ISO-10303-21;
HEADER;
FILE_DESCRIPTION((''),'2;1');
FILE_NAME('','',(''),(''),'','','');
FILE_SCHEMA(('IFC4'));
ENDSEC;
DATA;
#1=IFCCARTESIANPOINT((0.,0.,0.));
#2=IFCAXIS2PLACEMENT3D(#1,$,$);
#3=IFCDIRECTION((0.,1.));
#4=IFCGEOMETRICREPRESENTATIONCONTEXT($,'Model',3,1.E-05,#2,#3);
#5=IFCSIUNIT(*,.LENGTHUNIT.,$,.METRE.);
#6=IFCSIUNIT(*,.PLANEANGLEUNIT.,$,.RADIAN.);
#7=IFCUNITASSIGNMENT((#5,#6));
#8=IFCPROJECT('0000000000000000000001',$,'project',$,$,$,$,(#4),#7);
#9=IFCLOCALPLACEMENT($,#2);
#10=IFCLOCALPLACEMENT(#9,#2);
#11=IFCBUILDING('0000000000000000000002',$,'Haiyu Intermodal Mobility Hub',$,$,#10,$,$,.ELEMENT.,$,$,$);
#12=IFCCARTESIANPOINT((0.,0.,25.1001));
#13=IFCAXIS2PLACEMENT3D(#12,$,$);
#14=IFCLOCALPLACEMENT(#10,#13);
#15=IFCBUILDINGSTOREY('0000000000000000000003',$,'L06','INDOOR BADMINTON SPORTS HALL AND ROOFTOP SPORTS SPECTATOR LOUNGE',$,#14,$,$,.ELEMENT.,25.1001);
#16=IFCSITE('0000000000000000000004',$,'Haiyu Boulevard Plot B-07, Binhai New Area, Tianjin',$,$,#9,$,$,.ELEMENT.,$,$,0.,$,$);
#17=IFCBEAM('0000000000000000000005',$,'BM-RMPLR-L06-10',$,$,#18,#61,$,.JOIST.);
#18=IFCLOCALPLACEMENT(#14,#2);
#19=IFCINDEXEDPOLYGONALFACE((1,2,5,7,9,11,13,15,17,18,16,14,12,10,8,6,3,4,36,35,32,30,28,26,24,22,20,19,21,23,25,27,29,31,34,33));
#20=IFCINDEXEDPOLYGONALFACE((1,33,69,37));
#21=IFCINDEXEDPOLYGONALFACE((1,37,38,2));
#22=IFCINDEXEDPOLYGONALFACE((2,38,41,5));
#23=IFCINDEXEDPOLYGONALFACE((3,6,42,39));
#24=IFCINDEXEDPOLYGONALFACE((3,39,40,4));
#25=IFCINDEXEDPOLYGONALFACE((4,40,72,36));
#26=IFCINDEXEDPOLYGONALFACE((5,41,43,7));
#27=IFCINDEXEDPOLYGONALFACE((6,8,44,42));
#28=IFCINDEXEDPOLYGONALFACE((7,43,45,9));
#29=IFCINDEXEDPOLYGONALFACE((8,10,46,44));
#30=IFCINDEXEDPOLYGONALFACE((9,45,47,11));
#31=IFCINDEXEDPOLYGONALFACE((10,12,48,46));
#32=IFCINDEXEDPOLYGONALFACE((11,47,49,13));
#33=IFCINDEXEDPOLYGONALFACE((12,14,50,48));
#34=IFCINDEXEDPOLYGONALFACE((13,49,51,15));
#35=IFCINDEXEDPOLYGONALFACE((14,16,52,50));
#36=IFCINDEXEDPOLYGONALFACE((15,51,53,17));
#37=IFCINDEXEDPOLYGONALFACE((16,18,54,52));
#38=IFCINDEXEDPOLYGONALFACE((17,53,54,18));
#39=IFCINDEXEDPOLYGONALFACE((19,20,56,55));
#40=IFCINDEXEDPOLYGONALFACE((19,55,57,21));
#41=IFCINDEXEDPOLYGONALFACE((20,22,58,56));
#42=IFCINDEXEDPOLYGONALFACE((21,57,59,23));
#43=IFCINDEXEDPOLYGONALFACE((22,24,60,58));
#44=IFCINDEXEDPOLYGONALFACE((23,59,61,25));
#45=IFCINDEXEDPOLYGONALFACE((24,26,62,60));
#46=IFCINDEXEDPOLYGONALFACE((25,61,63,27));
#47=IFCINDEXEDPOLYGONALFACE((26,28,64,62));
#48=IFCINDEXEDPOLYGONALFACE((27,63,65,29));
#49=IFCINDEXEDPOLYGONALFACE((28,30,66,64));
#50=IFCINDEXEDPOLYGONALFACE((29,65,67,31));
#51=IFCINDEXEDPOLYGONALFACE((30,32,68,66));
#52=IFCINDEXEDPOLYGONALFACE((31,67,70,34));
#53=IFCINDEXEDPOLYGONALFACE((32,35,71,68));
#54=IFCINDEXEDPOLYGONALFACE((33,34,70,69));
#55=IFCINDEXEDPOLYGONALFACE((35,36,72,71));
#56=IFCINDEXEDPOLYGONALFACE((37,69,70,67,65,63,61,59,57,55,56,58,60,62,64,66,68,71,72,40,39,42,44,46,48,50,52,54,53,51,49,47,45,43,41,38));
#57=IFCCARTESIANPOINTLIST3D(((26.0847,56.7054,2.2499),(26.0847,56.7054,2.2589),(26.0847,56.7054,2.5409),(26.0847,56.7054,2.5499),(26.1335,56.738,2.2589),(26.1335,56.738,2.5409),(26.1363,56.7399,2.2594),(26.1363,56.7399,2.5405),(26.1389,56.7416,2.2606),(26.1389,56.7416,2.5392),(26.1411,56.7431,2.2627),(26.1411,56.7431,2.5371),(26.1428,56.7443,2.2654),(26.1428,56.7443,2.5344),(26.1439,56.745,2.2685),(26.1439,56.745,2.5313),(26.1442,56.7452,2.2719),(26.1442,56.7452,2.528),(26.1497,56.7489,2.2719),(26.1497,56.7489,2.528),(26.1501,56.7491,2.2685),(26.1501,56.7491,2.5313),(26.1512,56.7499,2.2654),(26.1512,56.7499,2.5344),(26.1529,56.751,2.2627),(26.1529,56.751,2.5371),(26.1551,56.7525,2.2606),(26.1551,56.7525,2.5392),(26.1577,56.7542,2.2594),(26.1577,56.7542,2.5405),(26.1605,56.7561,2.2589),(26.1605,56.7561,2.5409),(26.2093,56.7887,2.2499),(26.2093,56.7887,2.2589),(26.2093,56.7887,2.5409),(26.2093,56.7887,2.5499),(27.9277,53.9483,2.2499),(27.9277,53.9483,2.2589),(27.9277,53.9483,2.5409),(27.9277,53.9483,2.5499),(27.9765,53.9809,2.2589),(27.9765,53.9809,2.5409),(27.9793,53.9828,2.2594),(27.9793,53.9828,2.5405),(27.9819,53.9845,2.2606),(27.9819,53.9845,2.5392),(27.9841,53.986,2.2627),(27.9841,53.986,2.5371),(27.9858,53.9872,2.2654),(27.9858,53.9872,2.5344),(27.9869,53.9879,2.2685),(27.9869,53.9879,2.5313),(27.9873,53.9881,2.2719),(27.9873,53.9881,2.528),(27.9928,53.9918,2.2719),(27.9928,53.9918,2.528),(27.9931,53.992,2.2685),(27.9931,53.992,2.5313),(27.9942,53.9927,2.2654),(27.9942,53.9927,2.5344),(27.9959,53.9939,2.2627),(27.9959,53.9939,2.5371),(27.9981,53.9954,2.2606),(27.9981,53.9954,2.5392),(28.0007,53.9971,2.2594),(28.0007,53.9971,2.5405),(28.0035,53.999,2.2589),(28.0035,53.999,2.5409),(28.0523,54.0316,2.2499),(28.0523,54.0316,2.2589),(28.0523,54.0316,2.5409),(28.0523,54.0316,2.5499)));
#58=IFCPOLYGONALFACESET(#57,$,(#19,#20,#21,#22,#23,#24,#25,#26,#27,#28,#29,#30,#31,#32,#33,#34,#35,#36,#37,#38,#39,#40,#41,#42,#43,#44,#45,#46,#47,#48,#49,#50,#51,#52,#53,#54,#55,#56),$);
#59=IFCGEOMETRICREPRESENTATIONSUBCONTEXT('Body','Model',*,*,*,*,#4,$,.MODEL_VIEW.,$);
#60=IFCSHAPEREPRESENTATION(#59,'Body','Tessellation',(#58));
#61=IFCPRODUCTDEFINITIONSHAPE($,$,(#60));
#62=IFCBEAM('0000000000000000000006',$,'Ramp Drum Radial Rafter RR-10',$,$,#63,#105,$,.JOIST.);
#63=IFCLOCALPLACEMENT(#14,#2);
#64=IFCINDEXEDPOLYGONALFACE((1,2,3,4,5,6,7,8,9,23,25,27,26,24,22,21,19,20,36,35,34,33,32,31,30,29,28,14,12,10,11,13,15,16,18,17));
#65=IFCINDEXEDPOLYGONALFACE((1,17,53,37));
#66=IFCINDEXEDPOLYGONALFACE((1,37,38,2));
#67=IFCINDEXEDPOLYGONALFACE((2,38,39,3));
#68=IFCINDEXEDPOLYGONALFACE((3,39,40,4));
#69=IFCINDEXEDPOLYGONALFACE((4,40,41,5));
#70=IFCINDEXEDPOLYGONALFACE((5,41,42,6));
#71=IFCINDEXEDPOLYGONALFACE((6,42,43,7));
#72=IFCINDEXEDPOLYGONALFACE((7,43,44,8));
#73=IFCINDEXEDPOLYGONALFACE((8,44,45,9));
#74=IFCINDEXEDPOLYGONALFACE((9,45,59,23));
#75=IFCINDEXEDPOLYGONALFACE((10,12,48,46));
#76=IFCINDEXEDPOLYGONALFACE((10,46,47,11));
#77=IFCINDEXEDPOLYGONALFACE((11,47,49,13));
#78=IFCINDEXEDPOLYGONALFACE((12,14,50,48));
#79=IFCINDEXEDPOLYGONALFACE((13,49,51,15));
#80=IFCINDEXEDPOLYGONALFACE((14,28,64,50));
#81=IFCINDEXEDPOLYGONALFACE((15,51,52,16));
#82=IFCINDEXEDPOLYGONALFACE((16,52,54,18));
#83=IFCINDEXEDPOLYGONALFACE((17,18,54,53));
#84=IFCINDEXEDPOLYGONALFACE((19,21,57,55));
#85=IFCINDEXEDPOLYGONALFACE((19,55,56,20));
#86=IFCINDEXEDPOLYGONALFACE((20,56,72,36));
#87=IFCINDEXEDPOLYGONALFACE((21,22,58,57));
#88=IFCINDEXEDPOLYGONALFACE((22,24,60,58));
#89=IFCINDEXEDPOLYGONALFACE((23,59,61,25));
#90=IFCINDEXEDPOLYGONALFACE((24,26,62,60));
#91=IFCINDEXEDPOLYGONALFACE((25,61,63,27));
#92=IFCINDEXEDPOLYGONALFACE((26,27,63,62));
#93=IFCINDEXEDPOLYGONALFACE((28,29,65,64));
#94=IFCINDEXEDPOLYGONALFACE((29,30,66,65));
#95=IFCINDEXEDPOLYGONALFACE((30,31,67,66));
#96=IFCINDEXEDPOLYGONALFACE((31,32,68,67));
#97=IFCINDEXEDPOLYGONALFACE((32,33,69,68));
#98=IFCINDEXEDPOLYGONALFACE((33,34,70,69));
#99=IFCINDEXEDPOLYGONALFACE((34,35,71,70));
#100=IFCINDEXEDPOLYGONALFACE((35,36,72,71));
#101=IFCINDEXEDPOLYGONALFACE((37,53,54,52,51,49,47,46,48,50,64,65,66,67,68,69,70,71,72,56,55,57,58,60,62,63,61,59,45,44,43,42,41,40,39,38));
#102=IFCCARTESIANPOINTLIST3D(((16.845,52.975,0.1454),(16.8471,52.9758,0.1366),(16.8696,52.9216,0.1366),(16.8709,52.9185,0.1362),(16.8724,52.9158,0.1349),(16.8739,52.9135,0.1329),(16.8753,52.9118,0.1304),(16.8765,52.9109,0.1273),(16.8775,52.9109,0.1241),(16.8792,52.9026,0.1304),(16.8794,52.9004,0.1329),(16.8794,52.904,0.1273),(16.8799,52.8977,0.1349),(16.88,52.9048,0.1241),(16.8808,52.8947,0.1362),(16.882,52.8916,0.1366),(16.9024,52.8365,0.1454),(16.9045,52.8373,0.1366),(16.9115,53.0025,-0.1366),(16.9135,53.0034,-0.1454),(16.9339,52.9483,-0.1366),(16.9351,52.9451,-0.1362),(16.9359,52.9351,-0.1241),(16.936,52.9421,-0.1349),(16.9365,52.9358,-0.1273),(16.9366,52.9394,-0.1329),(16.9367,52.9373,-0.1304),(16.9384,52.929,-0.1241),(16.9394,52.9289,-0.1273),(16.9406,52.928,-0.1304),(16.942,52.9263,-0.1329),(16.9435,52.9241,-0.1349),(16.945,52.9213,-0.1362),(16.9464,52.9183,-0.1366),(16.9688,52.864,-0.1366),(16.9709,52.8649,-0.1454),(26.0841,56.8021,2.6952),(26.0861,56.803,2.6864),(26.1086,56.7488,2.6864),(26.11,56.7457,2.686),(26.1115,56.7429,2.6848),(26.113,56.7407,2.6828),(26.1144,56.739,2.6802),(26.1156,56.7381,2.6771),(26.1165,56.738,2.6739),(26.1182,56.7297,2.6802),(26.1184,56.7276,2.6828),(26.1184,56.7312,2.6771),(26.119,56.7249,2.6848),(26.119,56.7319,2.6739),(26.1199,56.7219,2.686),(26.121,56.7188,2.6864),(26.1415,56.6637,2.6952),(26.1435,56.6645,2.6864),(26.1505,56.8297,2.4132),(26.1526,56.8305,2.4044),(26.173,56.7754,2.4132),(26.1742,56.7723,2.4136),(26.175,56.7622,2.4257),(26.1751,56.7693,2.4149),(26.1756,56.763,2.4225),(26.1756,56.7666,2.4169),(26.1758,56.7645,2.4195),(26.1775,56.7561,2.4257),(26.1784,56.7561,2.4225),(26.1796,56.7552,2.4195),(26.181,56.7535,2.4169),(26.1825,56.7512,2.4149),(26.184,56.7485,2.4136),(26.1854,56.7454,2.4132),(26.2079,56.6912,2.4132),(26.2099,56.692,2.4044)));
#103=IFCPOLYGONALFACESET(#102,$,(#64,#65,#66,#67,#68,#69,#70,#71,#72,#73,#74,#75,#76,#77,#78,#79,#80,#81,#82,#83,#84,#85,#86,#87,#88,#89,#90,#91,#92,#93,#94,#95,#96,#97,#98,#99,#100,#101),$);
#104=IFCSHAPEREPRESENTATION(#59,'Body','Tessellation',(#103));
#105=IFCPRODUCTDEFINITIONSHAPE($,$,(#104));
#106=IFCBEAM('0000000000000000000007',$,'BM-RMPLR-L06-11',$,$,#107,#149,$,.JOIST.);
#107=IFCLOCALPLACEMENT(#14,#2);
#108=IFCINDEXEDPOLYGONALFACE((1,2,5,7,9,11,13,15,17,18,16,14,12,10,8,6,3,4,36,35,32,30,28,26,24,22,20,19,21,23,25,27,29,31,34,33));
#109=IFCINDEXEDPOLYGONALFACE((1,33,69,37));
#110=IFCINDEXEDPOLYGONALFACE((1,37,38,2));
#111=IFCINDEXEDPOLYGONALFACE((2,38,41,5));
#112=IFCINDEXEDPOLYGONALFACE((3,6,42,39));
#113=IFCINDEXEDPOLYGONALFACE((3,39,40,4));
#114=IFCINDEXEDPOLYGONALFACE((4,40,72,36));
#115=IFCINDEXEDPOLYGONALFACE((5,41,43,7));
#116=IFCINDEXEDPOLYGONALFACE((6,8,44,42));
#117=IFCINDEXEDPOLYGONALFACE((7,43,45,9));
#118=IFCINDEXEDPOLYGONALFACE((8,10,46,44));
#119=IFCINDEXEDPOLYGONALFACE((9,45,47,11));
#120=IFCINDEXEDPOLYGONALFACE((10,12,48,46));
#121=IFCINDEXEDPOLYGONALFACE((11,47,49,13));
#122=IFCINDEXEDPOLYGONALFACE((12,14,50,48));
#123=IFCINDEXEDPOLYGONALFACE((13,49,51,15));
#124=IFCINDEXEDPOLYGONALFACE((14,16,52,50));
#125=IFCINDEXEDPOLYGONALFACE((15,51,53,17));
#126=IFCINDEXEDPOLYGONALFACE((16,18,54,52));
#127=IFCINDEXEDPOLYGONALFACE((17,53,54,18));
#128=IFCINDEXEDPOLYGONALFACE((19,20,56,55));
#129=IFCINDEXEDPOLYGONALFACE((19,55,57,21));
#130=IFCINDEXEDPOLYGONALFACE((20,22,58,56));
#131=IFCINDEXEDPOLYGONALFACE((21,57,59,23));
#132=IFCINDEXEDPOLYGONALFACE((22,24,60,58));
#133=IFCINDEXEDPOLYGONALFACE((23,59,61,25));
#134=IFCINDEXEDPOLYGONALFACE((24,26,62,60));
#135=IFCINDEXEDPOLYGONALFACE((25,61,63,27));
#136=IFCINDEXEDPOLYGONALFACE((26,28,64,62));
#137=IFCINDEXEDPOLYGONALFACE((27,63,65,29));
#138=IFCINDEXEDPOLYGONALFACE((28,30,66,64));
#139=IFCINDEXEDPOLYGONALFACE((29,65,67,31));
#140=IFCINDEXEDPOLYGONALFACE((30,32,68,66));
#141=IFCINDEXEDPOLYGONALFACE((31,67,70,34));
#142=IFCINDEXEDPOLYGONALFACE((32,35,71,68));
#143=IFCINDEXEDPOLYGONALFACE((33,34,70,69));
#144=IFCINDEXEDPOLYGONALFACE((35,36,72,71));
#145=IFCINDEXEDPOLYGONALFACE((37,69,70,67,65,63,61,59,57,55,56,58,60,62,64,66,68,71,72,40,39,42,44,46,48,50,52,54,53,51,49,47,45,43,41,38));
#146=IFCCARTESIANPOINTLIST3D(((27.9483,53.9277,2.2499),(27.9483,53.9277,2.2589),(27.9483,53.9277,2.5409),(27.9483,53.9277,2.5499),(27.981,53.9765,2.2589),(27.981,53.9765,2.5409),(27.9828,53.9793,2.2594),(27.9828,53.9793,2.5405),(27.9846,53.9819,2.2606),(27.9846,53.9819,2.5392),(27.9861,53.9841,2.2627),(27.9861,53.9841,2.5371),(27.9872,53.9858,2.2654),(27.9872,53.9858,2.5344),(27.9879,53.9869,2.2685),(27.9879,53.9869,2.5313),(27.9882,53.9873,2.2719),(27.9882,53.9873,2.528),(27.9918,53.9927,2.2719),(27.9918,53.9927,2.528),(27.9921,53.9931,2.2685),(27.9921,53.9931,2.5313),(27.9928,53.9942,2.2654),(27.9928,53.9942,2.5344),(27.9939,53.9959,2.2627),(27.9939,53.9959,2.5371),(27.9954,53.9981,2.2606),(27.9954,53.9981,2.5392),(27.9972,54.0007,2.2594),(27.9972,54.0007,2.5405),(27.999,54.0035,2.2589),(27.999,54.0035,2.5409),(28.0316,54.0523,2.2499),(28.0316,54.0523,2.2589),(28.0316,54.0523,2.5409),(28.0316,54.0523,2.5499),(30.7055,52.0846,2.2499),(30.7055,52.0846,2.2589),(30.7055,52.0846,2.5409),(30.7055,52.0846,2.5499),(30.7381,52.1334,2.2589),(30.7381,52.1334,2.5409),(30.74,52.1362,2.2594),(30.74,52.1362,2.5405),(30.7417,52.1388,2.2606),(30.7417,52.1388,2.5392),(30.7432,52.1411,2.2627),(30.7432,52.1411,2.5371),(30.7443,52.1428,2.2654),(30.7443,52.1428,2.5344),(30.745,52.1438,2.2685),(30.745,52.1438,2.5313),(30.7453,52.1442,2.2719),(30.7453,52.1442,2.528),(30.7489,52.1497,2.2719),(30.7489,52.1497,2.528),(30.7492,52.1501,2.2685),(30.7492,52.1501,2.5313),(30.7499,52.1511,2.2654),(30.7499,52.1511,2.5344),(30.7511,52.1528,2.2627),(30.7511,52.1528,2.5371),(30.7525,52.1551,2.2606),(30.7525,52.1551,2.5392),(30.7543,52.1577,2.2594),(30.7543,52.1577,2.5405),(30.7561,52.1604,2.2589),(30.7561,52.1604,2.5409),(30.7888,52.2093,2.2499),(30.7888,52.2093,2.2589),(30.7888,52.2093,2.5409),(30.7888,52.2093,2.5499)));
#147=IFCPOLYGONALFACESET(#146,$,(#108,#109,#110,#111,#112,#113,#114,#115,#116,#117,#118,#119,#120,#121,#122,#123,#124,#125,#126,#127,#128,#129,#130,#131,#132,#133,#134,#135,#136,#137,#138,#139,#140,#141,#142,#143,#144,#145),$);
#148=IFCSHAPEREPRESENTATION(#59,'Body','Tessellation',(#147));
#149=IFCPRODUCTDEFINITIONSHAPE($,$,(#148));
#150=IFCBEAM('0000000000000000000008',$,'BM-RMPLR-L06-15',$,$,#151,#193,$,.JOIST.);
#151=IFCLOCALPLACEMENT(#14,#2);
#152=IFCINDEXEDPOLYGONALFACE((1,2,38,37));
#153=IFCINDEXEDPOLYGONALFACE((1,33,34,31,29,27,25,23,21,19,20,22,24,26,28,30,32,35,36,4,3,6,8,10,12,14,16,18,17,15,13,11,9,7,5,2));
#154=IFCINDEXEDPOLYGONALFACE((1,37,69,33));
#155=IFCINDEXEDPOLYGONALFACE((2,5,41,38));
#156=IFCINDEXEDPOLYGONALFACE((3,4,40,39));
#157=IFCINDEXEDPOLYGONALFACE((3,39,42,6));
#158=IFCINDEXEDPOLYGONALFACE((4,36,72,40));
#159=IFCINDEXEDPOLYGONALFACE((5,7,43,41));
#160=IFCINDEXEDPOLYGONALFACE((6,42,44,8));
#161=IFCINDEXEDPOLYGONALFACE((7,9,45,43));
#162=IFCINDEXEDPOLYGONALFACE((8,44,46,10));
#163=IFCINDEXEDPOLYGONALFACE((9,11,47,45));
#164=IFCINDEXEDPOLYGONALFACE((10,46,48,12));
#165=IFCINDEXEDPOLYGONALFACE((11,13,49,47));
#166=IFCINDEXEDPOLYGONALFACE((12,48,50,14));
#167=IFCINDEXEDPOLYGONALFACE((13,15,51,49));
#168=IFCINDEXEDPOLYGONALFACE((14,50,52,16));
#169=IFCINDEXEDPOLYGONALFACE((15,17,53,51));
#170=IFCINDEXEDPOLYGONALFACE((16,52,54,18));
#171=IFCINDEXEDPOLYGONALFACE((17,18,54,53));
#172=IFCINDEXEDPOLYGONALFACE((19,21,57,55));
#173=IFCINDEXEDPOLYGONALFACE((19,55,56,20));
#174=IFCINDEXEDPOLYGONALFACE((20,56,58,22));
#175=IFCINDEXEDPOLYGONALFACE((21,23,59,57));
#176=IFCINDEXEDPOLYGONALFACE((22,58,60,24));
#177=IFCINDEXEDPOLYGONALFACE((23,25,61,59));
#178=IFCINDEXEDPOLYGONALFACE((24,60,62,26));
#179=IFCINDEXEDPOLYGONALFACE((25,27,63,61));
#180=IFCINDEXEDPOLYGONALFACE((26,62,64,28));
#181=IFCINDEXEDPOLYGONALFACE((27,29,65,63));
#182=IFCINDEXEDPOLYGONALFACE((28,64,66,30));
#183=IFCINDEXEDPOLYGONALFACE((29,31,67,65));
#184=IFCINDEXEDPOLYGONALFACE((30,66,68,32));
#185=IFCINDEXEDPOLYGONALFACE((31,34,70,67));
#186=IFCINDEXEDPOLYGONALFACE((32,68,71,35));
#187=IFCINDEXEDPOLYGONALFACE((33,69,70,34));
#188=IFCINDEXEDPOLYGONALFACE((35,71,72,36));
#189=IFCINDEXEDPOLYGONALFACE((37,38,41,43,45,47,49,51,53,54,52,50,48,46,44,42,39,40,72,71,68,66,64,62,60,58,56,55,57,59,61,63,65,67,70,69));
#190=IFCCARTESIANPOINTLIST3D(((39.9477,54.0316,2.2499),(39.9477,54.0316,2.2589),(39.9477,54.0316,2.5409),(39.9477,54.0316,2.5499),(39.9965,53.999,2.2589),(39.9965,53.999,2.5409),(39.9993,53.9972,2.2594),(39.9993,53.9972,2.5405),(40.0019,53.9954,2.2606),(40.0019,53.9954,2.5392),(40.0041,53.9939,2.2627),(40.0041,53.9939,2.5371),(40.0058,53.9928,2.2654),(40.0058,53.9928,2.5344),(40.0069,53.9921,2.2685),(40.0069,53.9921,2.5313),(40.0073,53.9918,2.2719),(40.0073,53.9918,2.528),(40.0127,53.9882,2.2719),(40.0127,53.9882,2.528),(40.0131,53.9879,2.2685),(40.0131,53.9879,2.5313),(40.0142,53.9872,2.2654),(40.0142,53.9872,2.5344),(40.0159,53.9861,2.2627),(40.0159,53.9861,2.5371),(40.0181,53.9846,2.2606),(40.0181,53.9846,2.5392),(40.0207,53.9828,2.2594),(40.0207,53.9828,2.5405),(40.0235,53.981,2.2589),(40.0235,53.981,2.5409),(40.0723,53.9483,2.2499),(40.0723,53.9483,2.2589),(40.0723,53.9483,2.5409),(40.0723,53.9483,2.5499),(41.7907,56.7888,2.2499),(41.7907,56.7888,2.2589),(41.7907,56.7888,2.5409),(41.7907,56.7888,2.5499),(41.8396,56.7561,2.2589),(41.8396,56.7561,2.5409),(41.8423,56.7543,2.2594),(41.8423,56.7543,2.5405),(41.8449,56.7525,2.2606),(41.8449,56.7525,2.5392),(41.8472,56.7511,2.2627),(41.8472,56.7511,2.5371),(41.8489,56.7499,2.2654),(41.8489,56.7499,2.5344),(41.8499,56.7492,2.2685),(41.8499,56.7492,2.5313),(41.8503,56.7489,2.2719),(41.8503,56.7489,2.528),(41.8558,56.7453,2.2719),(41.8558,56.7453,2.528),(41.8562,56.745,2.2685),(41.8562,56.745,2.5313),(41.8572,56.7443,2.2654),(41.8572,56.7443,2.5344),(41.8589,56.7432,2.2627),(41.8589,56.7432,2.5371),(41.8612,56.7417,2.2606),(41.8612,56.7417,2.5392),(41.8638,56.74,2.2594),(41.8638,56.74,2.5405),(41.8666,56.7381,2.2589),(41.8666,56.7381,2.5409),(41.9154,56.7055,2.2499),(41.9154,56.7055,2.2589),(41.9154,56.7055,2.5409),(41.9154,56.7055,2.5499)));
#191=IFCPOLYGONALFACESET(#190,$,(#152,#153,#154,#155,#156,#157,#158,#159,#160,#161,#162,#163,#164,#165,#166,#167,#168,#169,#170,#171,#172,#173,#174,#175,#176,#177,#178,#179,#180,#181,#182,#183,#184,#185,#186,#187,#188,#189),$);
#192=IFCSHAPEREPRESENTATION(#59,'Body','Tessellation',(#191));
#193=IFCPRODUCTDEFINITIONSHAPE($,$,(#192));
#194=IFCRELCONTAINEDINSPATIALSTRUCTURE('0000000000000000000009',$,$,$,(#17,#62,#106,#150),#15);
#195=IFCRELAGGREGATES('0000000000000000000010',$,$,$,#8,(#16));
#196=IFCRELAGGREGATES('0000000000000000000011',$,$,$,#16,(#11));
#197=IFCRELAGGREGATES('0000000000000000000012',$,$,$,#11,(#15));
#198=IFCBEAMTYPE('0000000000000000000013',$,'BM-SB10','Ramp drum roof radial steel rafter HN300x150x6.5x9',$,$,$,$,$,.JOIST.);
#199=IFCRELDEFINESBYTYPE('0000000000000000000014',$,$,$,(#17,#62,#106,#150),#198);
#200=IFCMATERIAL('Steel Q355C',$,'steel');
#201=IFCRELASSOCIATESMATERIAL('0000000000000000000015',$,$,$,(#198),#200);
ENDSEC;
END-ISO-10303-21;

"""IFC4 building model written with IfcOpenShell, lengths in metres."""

from ifc_helpers import new_model, si_unit, direction, frame, origin, origin_2d, place, context, subcontext, project, spatial, i_section, extrude, material, material_profile, profile_set, type_object, element, save


model = new_model("IFC4")

# Units and contexts
model_context = context("Model", 3, precision=1e-05, world=origin(), true_north=direction((0.0, 1.0)))
body_context = subcontext(model_context, "Body", "Model", "MODEL_VIEW")
ifc_project = project(units=[si_unit("LENGTHUNIT", "METRE"), si_unit("PLANEANGLEUNIT", "RADIAN")], contexts=[model_context])

# Site, building, storey
site_placement = place(None, origin())
site = spatial("IfcSite", under=ifc_project, at=site_placement, Name="Haiyu Boulevard Plot B-07, Binhai New Area, Tianjin", CompositionType="ELEMENT", RefElevation=0.0)
building_placement = place(site_placement, origin())
building = spatial("IfcBuilding", under=site, at=building_placement, Name="Haiyu Intermodal Mobility Hub", CompositionType="ELEMENT")
storey_placement = place(building_placement, frame((0.0, 0.0, 25.1001)))
storey = spatial("IfcBuildingStorey", under=building, at=storey_placement, Name="L06", Description="INDOOR BADMINTON SPORTS HALL AND ROOFTOP SPORTS SPECTATOR LOUNGE", CompositionType="ELEMENT", Elevation=25.1001)

# Shared definitions
ifc_material_1 = material(Name="Steel Q355C", Category="steel")

# Beams
ifc_material_profile_1 = material_profile(ifc_material_1, i_section(OverallWidth=0.1499, OverallDepth=0.3, WebThickness=0.0066, FlangeThickness=0.009, FilletRadius=0.0129, at=origin_2d()), Name="HN300x150x6.5x9")
ifc_profile_set_1 = profile_set([ifc_material_profile_1], Name="Steel Q355C")
beam_type_1 = type_object("IfcBeamType", Name="BM-SB10", Description="Ramp drum roof radial steel rafter HN300x150x6.5x9", PredefinedType="JOIST", material=ifc_profile_set_1)
beam_1_placement = place(storey_placement, frame((26.147, 56.7471, 2.3999), z_axis=(0.555736, -0.831359, 0.0), x_axis=(0.831359, 0.555736, 0.0)))
element("IfcBeam", 1, at=beam_1_placement, inside=storey, type_object=beam_type_1, Name="BM-RMPLR-L06-10", PredefinedType="JOIST", context=body_context, shape_type="SweptSolid", body=[
    extrude(i_section(OverallWidth=0.1499, OverallDepth=0.3, WebThickness=0.0066, FlangeThickness=0.009, FilletRadius=0.0129, at=origin_2d()), origin(), (0.0, 0.0, 1.0), 3.3164),
])
beam_2_placement = place(storey_placement, frame((16.908, 52.9199, 0.0), z_axis=(0.89523, 0.370838, 0.247068), x_axis=(-0.382703, 0.923872, 0.0)))
element("IfcBeam", 2, at=beam_2_placement, inside=storey, type_object=beam_type_1, Name="Ramp Drum Radial Rafter RR-10", PredefinedType="JOIST", context=body_context, shape_type="SweptSolid", body=[
    extrude(i_section(OverallWidth=0.1499, OverallDepth=0.3, WebThickness=0.0066, FlangeThickness=0.009, FilletRadius=0.0129, at=origin_2d()), origin(), (0.0, 0.0, 1.0), 10.3203),
])
for number, where, z_axis, x_axis, name in (
    (3, (27.99, 53.99, 2.3999), (0.831359, -0.555736, 0.0), (0.555736, 0.831359, 0.0), "BM-RMPLR-L06-11"),
    (4, (40.01, 53.99, 2.3999), (0.555736, 0.831359, 0.0), (-0.831359, 0.555736, 0.0), "BM-RMPLR-L06-15"),
):
    element("IfcBeam", number, at=place(storey_placement, frame(where, z_axis=z_axis, x_axis=x_axis)), inside=storey, type_object=beam_type_1, Name=name, PredefinedType="JOIST", context=body_context, shape_type="SweptSolid", body=[
        extrude(i_section(OverallWidth=0.1499, OverallDepth=0.3, WebThickness=0.0066, FlangeThickness=0.009, FilletRadius=0.0129, at=origin_2d()), origin(), (0.0, 0.0, 1.0), 3.3164),
    ])

save(model, "model.ifc")
